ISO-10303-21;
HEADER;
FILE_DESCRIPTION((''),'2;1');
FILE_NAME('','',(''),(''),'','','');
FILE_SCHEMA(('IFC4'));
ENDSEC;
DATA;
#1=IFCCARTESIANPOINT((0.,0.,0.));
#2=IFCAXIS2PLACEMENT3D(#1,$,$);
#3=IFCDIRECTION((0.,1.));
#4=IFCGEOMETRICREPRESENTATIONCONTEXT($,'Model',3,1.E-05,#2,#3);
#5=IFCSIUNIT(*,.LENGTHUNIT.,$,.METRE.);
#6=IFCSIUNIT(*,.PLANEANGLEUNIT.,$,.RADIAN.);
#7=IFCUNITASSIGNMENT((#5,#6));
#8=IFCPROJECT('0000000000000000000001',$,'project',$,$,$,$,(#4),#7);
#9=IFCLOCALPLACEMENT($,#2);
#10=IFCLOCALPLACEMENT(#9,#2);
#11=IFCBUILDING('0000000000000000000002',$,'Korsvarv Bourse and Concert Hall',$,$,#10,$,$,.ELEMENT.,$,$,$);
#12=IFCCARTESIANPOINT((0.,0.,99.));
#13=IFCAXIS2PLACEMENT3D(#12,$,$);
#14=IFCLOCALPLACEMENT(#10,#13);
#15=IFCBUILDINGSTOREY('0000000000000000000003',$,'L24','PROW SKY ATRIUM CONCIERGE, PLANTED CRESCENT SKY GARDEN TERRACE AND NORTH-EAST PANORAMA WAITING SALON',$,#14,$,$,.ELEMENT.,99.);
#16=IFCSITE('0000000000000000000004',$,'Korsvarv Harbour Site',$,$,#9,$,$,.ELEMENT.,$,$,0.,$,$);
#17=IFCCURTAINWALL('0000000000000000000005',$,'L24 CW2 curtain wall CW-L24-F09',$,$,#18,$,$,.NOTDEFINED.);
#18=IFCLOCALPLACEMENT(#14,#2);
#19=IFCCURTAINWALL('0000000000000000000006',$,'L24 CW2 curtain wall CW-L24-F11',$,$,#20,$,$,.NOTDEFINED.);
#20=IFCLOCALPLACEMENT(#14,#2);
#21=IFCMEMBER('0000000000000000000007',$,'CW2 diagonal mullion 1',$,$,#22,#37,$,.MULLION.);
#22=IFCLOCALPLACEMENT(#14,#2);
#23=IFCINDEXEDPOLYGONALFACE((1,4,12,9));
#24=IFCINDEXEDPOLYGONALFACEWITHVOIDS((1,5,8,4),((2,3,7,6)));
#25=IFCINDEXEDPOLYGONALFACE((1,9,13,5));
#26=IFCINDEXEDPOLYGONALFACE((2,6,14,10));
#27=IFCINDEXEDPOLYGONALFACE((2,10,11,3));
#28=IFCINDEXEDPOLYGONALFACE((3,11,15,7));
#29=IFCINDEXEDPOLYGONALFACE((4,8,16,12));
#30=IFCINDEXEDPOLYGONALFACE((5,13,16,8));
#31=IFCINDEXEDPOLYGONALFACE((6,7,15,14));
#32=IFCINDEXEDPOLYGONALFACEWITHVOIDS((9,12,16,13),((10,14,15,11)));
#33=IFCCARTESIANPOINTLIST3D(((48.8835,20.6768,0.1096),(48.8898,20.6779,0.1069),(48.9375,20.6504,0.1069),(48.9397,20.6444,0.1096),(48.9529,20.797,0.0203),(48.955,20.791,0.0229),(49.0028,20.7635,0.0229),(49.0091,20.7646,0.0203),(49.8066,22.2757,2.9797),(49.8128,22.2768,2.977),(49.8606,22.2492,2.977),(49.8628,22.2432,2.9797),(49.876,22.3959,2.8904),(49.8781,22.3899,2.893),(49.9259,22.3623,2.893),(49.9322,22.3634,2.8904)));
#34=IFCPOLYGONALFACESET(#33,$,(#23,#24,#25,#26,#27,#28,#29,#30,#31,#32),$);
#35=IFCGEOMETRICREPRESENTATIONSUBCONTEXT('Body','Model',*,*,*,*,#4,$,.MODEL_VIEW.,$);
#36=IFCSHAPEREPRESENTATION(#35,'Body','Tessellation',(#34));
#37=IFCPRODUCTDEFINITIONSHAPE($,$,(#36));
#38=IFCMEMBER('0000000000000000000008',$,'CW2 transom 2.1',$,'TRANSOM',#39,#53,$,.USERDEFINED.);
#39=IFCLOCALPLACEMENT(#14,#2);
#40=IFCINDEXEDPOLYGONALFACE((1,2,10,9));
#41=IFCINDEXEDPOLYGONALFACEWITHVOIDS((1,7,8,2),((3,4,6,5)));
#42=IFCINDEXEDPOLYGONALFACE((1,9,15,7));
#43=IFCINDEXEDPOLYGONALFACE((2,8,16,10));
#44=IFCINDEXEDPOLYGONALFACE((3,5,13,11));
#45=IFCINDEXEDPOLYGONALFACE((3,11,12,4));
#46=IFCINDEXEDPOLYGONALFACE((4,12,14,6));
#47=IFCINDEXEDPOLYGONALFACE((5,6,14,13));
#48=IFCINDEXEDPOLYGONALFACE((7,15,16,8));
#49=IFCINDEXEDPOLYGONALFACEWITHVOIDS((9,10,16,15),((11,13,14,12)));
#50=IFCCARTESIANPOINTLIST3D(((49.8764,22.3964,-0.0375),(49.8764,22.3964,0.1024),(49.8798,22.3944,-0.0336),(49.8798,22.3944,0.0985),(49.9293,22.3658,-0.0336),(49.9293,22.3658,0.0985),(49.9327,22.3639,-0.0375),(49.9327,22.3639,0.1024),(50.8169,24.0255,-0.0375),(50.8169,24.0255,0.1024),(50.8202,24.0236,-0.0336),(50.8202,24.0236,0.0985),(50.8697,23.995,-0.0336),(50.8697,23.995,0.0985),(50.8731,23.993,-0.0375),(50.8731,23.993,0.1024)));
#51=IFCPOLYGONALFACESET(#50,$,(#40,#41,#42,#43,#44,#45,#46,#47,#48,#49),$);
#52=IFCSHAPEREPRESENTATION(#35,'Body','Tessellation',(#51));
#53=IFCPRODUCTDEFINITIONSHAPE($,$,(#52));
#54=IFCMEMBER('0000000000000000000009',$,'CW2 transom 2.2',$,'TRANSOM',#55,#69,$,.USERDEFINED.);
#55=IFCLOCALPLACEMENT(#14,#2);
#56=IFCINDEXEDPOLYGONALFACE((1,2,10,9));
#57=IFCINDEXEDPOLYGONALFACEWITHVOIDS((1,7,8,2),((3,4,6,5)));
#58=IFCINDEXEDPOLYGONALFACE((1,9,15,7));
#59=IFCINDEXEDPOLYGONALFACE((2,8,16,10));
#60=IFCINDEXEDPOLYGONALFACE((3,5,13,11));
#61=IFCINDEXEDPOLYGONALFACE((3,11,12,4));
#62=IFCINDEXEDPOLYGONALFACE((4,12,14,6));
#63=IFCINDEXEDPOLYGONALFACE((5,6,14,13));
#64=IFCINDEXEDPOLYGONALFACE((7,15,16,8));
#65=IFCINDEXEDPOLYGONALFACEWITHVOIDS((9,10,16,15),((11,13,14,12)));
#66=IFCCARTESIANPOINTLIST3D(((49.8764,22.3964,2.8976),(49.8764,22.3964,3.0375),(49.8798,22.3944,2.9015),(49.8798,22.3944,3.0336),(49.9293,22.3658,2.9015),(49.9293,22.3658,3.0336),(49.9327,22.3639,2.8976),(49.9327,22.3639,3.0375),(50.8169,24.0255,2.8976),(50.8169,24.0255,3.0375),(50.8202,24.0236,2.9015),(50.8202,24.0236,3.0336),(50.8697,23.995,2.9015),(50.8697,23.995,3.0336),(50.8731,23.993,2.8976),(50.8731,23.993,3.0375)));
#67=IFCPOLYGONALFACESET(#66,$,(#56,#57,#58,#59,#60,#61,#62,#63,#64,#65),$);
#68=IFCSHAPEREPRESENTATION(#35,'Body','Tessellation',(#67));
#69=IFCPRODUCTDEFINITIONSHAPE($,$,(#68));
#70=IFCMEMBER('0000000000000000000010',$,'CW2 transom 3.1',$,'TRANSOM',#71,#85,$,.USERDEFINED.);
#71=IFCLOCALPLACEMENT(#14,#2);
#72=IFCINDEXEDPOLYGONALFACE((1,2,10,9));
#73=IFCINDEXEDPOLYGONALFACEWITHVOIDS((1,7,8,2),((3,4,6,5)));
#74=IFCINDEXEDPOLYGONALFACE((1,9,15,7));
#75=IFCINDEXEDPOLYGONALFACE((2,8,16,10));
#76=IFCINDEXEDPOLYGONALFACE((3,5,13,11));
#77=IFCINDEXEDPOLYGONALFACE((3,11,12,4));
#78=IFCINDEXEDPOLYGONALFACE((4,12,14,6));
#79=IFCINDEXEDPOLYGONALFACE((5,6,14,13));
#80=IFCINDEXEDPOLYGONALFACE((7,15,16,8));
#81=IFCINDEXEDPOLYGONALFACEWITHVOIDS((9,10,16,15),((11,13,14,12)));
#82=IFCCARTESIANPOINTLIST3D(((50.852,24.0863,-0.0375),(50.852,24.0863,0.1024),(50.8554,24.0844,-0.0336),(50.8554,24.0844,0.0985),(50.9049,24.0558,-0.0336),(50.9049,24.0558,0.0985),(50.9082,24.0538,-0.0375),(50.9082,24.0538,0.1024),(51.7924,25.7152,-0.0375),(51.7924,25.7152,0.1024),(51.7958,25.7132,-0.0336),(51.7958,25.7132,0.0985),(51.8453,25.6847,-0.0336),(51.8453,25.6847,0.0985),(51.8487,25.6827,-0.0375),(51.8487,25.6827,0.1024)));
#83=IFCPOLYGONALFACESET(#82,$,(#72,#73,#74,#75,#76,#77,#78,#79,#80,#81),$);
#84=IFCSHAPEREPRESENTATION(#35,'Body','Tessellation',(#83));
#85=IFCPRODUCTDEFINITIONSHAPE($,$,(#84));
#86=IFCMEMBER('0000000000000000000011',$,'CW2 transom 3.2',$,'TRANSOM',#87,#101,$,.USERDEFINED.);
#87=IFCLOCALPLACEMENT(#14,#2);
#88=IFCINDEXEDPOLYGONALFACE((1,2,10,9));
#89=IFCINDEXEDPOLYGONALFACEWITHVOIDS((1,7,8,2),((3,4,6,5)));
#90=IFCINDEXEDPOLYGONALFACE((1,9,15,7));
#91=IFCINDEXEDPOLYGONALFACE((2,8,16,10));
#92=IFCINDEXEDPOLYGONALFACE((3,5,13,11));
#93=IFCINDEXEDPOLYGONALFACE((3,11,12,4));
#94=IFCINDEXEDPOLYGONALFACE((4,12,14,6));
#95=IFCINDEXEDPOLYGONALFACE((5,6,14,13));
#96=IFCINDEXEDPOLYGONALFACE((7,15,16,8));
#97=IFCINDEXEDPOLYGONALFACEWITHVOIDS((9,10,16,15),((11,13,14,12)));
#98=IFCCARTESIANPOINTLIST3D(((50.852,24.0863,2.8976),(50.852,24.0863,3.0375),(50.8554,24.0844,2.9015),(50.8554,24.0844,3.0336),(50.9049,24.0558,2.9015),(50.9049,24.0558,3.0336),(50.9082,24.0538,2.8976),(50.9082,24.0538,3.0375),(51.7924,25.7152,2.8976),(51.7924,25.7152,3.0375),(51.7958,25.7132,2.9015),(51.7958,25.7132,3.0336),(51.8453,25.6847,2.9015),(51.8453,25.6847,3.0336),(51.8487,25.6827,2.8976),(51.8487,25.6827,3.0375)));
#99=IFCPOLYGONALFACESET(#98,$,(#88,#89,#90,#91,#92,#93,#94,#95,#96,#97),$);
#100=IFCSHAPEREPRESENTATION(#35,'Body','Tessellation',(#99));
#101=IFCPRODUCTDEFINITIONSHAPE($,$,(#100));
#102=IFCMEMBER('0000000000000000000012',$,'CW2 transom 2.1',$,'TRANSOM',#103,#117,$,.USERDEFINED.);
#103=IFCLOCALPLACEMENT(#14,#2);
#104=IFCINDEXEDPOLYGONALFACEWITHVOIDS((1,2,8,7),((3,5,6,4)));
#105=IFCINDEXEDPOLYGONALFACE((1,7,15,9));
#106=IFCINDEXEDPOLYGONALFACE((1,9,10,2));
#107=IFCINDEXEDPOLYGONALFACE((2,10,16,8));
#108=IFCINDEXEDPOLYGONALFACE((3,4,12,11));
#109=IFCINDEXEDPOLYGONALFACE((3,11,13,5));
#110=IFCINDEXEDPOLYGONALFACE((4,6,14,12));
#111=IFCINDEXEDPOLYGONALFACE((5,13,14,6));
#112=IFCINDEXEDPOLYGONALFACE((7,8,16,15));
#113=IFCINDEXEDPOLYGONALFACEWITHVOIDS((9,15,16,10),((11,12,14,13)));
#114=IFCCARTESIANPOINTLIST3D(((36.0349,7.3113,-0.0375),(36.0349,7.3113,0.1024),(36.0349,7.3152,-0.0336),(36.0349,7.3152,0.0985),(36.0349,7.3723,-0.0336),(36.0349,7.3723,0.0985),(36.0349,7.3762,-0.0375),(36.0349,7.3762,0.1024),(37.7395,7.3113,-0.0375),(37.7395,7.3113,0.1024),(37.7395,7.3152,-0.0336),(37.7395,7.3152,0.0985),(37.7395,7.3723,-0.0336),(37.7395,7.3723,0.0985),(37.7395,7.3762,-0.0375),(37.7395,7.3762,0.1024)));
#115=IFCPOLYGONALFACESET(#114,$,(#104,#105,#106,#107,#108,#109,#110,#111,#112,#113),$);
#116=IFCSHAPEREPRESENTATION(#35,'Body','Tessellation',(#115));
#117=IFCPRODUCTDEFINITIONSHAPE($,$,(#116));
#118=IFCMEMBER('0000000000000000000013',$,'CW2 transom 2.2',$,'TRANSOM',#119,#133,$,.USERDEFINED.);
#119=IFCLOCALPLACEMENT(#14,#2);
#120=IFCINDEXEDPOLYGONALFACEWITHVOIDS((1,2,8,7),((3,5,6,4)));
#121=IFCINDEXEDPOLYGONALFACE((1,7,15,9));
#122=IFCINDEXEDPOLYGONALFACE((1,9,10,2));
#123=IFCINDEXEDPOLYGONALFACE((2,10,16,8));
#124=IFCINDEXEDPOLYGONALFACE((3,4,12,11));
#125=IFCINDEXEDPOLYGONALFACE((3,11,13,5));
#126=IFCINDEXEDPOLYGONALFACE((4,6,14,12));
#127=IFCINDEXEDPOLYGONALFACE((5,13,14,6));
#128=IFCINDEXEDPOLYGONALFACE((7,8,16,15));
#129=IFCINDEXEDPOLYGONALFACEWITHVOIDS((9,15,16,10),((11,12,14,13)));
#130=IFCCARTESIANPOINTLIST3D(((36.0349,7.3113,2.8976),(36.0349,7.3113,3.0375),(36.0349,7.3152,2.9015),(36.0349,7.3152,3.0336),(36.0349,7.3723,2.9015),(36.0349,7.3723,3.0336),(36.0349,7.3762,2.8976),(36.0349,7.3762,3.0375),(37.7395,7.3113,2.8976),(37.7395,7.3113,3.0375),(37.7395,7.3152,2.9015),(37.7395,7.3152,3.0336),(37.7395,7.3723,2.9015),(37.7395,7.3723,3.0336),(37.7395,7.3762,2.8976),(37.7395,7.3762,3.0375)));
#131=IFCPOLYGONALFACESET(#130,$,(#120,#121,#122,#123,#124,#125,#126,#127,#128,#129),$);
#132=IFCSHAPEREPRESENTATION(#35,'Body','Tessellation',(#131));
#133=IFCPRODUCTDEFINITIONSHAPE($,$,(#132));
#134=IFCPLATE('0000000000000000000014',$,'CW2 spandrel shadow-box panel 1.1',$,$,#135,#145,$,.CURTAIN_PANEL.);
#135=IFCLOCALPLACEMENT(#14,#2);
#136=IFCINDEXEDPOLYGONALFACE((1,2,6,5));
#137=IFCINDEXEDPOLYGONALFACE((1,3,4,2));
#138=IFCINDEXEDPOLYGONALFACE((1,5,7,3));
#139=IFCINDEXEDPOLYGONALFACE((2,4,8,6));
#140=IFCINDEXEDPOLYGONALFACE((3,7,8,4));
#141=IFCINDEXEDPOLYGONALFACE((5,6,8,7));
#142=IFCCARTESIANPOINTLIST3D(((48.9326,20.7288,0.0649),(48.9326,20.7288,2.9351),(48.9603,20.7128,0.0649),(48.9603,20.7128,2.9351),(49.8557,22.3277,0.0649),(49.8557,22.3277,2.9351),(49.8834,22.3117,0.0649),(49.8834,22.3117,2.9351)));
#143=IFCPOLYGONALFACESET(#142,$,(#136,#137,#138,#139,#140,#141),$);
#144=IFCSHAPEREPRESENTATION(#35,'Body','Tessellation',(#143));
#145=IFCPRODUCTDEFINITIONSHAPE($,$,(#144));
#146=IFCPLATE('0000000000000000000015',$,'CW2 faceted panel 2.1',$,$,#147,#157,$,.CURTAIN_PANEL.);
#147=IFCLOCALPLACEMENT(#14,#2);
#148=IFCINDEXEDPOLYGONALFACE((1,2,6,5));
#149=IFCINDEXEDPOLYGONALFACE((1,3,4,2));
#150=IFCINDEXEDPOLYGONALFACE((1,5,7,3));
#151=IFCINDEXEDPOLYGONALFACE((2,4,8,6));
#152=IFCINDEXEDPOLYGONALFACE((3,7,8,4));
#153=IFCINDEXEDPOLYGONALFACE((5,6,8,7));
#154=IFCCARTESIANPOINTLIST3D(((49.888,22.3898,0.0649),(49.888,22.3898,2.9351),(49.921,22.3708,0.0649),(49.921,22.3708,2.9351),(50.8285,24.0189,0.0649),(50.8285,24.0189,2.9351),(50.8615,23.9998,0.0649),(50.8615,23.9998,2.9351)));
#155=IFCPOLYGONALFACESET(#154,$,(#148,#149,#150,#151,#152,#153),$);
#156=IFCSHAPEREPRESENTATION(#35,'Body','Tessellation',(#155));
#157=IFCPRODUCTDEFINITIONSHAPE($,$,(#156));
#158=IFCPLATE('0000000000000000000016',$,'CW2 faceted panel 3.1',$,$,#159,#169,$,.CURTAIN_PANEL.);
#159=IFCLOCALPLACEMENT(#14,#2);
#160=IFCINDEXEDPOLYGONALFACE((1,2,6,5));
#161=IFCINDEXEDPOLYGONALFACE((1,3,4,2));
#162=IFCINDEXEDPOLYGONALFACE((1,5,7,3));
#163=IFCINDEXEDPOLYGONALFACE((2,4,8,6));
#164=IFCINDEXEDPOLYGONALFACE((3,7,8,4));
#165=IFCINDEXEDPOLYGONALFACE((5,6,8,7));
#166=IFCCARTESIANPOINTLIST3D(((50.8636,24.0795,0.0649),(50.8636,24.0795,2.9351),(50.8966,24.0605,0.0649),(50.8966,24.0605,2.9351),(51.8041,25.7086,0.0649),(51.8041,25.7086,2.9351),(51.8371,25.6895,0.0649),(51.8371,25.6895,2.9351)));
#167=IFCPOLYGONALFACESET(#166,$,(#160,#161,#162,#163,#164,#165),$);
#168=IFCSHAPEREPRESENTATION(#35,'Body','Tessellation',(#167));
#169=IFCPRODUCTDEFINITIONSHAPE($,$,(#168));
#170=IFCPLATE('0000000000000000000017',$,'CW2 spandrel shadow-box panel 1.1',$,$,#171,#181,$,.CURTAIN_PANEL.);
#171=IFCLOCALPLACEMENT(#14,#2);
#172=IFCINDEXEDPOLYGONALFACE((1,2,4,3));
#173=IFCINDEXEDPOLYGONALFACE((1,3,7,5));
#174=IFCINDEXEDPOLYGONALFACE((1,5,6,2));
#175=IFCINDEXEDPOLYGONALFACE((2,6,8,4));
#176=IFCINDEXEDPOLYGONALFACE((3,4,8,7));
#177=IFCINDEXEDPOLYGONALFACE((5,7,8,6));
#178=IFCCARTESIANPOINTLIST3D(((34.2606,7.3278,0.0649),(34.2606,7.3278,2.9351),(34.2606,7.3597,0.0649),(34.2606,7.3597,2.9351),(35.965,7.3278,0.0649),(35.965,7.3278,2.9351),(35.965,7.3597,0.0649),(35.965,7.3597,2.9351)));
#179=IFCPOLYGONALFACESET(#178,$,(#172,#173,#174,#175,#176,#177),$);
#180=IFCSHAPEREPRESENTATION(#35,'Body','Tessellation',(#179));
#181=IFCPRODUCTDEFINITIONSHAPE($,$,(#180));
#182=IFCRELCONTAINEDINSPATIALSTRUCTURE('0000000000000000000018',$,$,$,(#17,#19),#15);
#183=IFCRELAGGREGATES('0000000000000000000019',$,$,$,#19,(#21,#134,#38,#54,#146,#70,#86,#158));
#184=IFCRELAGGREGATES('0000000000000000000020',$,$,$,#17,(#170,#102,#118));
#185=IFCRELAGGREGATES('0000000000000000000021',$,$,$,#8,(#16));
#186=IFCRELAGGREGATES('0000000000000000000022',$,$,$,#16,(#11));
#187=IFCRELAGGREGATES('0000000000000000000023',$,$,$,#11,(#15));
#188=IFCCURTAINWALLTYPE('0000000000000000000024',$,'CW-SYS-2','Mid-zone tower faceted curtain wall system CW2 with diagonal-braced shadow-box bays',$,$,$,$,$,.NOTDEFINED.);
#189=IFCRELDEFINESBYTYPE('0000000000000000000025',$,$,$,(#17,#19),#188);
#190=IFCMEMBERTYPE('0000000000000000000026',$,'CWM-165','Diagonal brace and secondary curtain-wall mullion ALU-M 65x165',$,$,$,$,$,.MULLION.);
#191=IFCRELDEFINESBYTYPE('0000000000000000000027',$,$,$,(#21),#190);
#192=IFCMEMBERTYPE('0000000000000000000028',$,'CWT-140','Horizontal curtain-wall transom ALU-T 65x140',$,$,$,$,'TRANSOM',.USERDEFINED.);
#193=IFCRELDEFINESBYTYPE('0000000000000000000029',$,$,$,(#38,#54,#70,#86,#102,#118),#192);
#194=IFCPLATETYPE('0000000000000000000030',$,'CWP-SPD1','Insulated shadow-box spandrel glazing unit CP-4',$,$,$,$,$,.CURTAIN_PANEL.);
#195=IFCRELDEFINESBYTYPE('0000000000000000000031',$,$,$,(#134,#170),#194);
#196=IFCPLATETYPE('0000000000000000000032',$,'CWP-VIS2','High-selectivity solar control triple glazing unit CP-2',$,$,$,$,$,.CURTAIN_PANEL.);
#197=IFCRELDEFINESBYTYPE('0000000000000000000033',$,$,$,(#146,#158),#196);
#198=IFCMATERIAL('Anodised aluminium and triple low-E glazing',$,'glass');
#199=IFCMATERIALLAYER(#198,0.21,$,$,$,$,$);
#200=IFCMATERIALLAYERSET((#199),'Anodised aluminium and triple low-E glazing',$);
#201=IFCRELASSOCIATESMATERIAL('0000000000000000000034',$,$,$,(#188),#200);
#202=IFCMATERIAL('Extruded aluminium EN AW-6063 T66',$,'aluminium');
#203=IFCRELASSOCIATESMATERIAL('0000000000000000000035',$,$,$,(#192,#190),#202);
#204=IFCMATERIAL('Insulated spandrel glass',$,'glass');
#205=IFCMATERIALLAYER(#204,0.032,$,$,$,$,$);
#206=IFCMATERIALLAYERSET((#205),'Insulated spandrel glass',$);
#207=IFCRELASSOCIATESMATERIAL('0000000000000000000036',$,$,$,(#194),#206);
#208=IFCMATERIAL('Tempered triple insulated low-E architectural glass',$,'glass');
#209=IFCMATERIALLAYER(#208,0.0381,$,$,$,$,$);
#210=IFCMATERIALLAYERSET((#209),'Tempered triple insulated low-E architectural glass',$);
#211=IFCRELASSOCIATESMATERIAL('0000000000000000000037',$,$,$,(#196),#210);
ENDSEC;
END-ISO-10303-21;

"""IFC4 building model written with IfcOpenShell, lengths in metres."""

from ifc_helpers import new_model, si_unit, direction, frame, origin, origin_2d, place, context, subcontext, project, spatial, rectangle, hollow_rectangle, extrude, source, transform, mapped, material, layer, layer_set, material_profile, profile_set, type_object, element, aggregate, save


model = new_model("IFC4")

# Units and contexts
model_context = context("Model", 3, precision=1e-05, world=origin(), true_north=direction((0.0, 1.0)))
body_context = subcontext(model_context, "Body", "Model", "MODEL_VIEW")
ifc_project = project(units=[si_unit("LENGTHUNIT", "METRE"), si_unit("PLANEANGLEUNIT", "RADIAN")], contexts=[model_context])

# Site, building, storey
site_placement = place(None, origin())
site = spatial("IfcSite", under=ifc_project, at=site_placement, Name="Korsvarv Harbour Site", CompositionType="ELEMENT", RefElevation=0.0)
building_placement = place(site_placement, origin())
building = spatial("IfcBuilding", under=site, at=building_placement, Name="Korsvarv Bourse and Concert Hall", CompositionType="ELEMENT")
storey_placement = place(building_placement, frame((0.0, 0.0, 99.0)))
storey = spatial("IfcBuildingStorey", under=building, at=storey_placement, Name="L24", Description="PROW SKY ATRIUM CONCIERGE, PLANTED CRESCENT SKY GARDEN TERRACE AND NORTH-EAST PANORAMA WAITING SALON", CompositionType="ELEMENT", Elevation=99.0)

# Curtain walls, members
ifc_material_1 = material(Name="Anodised aluminium and triple low-E glazing", Category="glass")
ifc_layer_1 = layer(ifc_material_1, 0.21)
ifc_layer_set_1 = layer_set([ifc_layer_1], Name="Anodised aluminium and triple low-E glazing")
curtain_wall_type = type_object("IfcCurtainWallType", Name="CW-SYS-2", Description="Mid-zone tower faceted curtain wall system CW2 with diagonal-braced shadow-box bays", PredefinedType="NOTDEFINED", material=ifc_layer_set_1)
curtain_wall_1_placement = place(storey_placement, origin())
curtain_wall_1 = element("IfcCurtainWall", 1, at=curtain_wall_1_placement, inside=storey, type_object=curtain_wall_type, Name="L24 CW2 curtain wall CW-L24-F09", PredefinedType="NOTDEFINED")
ifc_material_2 = material(Name="Extruded aluminium EN AW-6063 T66", Category="aluminium")
curtain_wall_2_placement = place(storey_placement, origin())
curtain_wall_2 = element("IfcCurtainWall", 2, at=curtain_wall_2_placement, inside=storey, type_object=curtain_wall_type, Name="L24 CW2 curtain wall CW-L24-F11", PredefinedType="NOTDEFINED")
ifc_material_profile_1 = material_profile(ifc_material_2, hollow_rectangle(XDim=0.0649, YDim=0.1399, WallThickness=0.0039, at=origin_2d()), Name="ALU-T 65x140")
ifc_profile_set_1 = profile_set([ifc_material_profile_1], Name="Extruded aluminium EN AW-6063 T66")
member_type_1 = type_object("IfcMemberType", Name="CWT-140", Description="Horizontal curtain-wall transom ALU-T 65x140", ElementType="TRANSOM", PredefinedType="USERDEFINED", material=ifc_profile_set_1)
ifc_material_profile_2 = material_profile(ifc_material_2, hollow_rectangle(XDim=0.0649, YDim=0.165, WallThickness=0.0049, at=origin_2d()), Name="ALU-M 65x165")
ifc_profile_set_2 = profile_set([ifc_material_profile_2], Name="Extruded aluminium EN AW-6063 T66")
member_type_2 = type_object("IfcMemberType", Name="CWM-165", Description="Diagonal brace and secondary curtain-wall mullion ALU-M 65x165", PredefinedType="MULLION", material=ifc_profile_set_2)
shared_shape_1 = source(origin(), body_context, "Body", "SweptSolid", [
    extrude(hollow_rectangle(XDim=0.0649, YDim=0.165, WallThickness=0.0049, at=origin_2d()), origin(), (0.0, 0.0, 1.0), 3.4126),
])
member_1_placement = place(storey_placement, frame((48.9463, 20.7207, 0.0649), z_axis=(0.270493, 0.468517, 0.841026), x_axis=(-0.866029, 0.499993, 0.0)))
member_1 = element("IfcMember", 3, at=member_1_placement, type_object=member_type_2, Name="CW2 diagonal mullion 1", PredefinedType="MULLION", context=body_context, shape_type="MappedRepresentation", body=[
    mapped(shared_shape_1, transform((0.0, 0.0, 0.0), scale=1.0)),
])
shared_shape_2 = source(origin(), body_context, "Body", "SweptSolid", [
    extrude(hollow_rectangle(XDim=0.0649, YDim=0.1399, WallThickness=0.0039, at=origin_2d()), origin(), (0.0, 0.0, 1.0), 1.8811),
])
member_2_placement = place(storey_placement, frame((49.9045, 22.3801, 0.0325), z_axis=(0.499936, 0.866062, 0.0), x_axis=(-0.866062, 0.499936, 0.0)))
member_2 = element("IfcMember", 4, at=member_2_placement, type_object=member_type_1, Name="CW2 transom 2.1", ObjectType="TRANSOM", PredefinedType="USERDEFINED", context=body_context, shape_type="MappedRepresentation", body=[
    mapped(shared_shape_2, transform((0.0, 0.0, 0.0), scale=1.0)),
])
member_3_placement = place(storey_placement, frame((49.9045, 22.3801, 2.9675), z_axis=(0.499936, 0.866062, 0.0), x_axis=(-0.866062, 0.499936, 0.0)))
member_3 = element("IfcMember", 5, at=member_3_placement, type_object=member_type_1, Name="CW2 transom 2.2", ObjectType="TRANSOM", PredefinedType="USERDEFINED", context=body_context, shape_type="MappedRepresentation", body=[
    mapped(shared_shape_2, transform((0.0, 0.0, 0.0), scale=1.0)),
])
shared_shape_3 = source(origin(), body_context, "Body", "SweptSolid", [
    extrude(hollow_rectangle(XDim=0.0649, YDim=0.1399, WallThickness=0.0039, at=origin_2d()), origin(), (0.0, 0.0, 1.0), 1.8809),
])
member_4_placement = place(storey_placement, frame((50.8801, 24.0701, 0.0325), z_axis=(0.499992, 0.86603, 0.0), x_axis=(-0.86603, 0.499992, 0.0)))
member_4 = element("IfcMember", 6, at=member_4_placement, type_object=member_type_1, Name="CW2 transom 3.1", ObjectType="TRANSOM", PredefinedType="USERDEFINED", context=body_context, shape_type="MappedRepresentation", body=[
    mapped(shared_shape_3, transform((0.0, 0.0, 0.0), scale=1.0)),
])
member_5_placement = place(storey_placement, frame((50.8801, 24.0701, 2.9675), z_axis=(0.499992, 0.86603, 0.0), x_axis=(-0.86603, 0.499992, 0.0)))
member_5 = element("IfcMember", 7, at=member_5_placement, type_object=member_type_1, Name="CW2 transom 3.2", ObjectType="TRANSOM", PredefinedType="USERDEFINED", context=body_context, shape_type="MappedRepresentation", body=[
    mapped(shared_shape_3, transform((0.0, 0.0, 0.0), scale=1.0)),
])

# Members
shared_shape_4 = source(origin(), body_context, "Body", "SweptSolid", [
    extrude(hollow_rectangle(XDim=0.0649, YDim=0.1399, WallThickness=0.0039, at=origin_2d()), origin(), (0.0, 0.0, 1.0), 1.7046),
])
member_6_placement = place(storey_placement, frame((36.0349, 7.3438, 0.0325), z_axis=(1.0, 0.0, 0.0), x_axis=(0.0, 1.0, 0.0)))
member_6 = element("IfcMember", 8, at=member_6_placement, type_object=member_type_1, Name="CW2 transom 2.1", ObjectType="TRANSOM", PredefinedType="USERDEFINED", context=body_context, shape_type="MappedRepresentation", body=[
    mapped(shared_shape_4, transform((0.0, 0.0, 0.0), scale=1.0)),
])
member_7_placement = place(storey_placement, frame((36.0349, 7.3438, 2.9675), z_axis=(1.0, 0.0, 0.0), x_axis=(0.0, 1.0, 0.0)))
member_7 = element("IfcMember", 9, at=member_7_placement, type_object=member_type_1, Name="CW2 transom 2.2", ObjectType="TRANSOM", PredefinedType="USERDEFINED", context=body_context, shape_type="MappedRepresentation", body=[
    mapped(shared_shape_4, transform((0.0, 0.0, 0.0), scale=1.0)),
])

# Plates
ifc_material_3 = material(Name="Insulated spandrel glass", Category="glass")
ifc_layer_2 = layer(ifc_material_3, 0.032)
ifc_layer_set_2 = layer_set([ifc_layer_2], Name="Insulated spandrel glass")
plate_type_1 = type_object("IfcPlateType", Name="CWP-SPD1", Description="Insulated shadow-box spandrel glazing unit CP-4", PredefinedType="CURTAIN_PANEL", material=ifc_layer_set_2)
shared_shape_5 = source(origin(), body_context, "Body", "SweptSolid", [
    extrude(rectangle(XDim=1.8462, YDim=0.032, at=origin_2d()), origin(), (0.0, 0.0, 1.0), 2.8701),
])
plate_1_placement = place(storey_placement, frame((49.408, 21.5203, 0.0649), z_axis=(0.0, 0.0, 1.0), x_axis=(0.500002, 0.866024, 0.0)))
plate_1 = element("IfcPlate", 10, at=plate_1_placement, type_object=plate_type_1, Name="CW2 spandrel shadow-box panel 1.1", PredefinedType="CURTAIN_PANEL", context=body_context, shape_type="MappedRepresentation", body=[
    mapped(shared_shape_5, transform((0.0, 0.0, 0.0), scale=1.0)),
])
ifc_material_4 = material(Name="Tempered triple insulated low-E architectural glass", Category="glass")
ifc_layer_3 = layer(ifc_material_4, 0.0381)
ifc_layer_set_3 = layer_set([ifc_layer_3], Name="Tempered triple insulated low-E architectural glass")
plate_type_2 = type_object("IfcPlateType", Name="CWP-VIS2", Description="High-selectivity solar control triple glazing unit CP-2", PredefinedType="CURTAIN_PANEL", material=ifc_layer_set_3)
shared_shape_6 = source(origin(), body_context, "Body", "SweptSolid", [
    extrude(rectangle(XDim=1.8811, YDim=0.0381, at=origin_2d()), origin(), (0.0, 0.0, 1.0), 2.8701),
])
plate_2_placement = place(storey_placement, frame((50.3748, 23.1948, 0.0649), z_axis=(0.0, 0.0, 1.0), x_axis=(0.500002, 0.866024, 0.0)))
plate_2 = element("IfcPlate", 11, at=plate_2_placement, type_object=plate_type_2, Name="CW2 faceted panel 2.1", PredefinedType="CURTAIN_PANEL", context=body_context, shape_type="MappedRepresentation", body=[
    mapped(shared_shape_6, transform((0.0, 0.0, 0.0), scale=1.0)),
])
plate_3_placement = place(storey_placement, frame((51.3503, 24.8845, 0.0649), z_axis=(0.0, 0.0, 1.0), x_axis=(0.500002, 0.866024, 0.0)))
plate_3 = element("IfcPlate", 12, at=plate_3_placement, type_object=plate_type_2, Name="CW2 faceted panel 3.1", PredefinedType="CURTAIN_PANEL", context=body_context, shape_type="MappedRepresentation", body=[
    mapped(shared_shape_6, transform((0.0, 0.0, 0.0), scale=1.0)),
])
aggregate(curtain_wall_2, [member_1, plate_1, member_2, member_3, plate_2, member_4, member_5, plate_3])
shared_shape_7 = source(origin(), body_context, "Body", "SweptSolid", [
    extrude(rectangle(XDim=1.7043, YDim=0.032, at=origin_2d()), origin(), (0.0, 0.0, 1.0), 2.8701),
])
plate_4_placement = place(storey_placement, frame((35.1128, 7.3438, 0.0649), z_axis=(0.0, 0.0, 1.0), x_axis=(1.0, 0.0, 0.0)))
plate_4 = element("IfcPlate", 13, at=plate_4_placement, type_object=plate_type_1, Name="CW2 spandrel shadow-box panel 1.1", PredefinedType="CURTAIN_PANEL", context=body_context, shape_type="MappedRepresentation", body=[
    mapped(shared_shape_7, transform((0.0, 0.0, 0.0), scale=1.0)),
])
aggregate(curtain_wall_1, [plate_4, member_6, member_7])

save(model, "model.ifc")
